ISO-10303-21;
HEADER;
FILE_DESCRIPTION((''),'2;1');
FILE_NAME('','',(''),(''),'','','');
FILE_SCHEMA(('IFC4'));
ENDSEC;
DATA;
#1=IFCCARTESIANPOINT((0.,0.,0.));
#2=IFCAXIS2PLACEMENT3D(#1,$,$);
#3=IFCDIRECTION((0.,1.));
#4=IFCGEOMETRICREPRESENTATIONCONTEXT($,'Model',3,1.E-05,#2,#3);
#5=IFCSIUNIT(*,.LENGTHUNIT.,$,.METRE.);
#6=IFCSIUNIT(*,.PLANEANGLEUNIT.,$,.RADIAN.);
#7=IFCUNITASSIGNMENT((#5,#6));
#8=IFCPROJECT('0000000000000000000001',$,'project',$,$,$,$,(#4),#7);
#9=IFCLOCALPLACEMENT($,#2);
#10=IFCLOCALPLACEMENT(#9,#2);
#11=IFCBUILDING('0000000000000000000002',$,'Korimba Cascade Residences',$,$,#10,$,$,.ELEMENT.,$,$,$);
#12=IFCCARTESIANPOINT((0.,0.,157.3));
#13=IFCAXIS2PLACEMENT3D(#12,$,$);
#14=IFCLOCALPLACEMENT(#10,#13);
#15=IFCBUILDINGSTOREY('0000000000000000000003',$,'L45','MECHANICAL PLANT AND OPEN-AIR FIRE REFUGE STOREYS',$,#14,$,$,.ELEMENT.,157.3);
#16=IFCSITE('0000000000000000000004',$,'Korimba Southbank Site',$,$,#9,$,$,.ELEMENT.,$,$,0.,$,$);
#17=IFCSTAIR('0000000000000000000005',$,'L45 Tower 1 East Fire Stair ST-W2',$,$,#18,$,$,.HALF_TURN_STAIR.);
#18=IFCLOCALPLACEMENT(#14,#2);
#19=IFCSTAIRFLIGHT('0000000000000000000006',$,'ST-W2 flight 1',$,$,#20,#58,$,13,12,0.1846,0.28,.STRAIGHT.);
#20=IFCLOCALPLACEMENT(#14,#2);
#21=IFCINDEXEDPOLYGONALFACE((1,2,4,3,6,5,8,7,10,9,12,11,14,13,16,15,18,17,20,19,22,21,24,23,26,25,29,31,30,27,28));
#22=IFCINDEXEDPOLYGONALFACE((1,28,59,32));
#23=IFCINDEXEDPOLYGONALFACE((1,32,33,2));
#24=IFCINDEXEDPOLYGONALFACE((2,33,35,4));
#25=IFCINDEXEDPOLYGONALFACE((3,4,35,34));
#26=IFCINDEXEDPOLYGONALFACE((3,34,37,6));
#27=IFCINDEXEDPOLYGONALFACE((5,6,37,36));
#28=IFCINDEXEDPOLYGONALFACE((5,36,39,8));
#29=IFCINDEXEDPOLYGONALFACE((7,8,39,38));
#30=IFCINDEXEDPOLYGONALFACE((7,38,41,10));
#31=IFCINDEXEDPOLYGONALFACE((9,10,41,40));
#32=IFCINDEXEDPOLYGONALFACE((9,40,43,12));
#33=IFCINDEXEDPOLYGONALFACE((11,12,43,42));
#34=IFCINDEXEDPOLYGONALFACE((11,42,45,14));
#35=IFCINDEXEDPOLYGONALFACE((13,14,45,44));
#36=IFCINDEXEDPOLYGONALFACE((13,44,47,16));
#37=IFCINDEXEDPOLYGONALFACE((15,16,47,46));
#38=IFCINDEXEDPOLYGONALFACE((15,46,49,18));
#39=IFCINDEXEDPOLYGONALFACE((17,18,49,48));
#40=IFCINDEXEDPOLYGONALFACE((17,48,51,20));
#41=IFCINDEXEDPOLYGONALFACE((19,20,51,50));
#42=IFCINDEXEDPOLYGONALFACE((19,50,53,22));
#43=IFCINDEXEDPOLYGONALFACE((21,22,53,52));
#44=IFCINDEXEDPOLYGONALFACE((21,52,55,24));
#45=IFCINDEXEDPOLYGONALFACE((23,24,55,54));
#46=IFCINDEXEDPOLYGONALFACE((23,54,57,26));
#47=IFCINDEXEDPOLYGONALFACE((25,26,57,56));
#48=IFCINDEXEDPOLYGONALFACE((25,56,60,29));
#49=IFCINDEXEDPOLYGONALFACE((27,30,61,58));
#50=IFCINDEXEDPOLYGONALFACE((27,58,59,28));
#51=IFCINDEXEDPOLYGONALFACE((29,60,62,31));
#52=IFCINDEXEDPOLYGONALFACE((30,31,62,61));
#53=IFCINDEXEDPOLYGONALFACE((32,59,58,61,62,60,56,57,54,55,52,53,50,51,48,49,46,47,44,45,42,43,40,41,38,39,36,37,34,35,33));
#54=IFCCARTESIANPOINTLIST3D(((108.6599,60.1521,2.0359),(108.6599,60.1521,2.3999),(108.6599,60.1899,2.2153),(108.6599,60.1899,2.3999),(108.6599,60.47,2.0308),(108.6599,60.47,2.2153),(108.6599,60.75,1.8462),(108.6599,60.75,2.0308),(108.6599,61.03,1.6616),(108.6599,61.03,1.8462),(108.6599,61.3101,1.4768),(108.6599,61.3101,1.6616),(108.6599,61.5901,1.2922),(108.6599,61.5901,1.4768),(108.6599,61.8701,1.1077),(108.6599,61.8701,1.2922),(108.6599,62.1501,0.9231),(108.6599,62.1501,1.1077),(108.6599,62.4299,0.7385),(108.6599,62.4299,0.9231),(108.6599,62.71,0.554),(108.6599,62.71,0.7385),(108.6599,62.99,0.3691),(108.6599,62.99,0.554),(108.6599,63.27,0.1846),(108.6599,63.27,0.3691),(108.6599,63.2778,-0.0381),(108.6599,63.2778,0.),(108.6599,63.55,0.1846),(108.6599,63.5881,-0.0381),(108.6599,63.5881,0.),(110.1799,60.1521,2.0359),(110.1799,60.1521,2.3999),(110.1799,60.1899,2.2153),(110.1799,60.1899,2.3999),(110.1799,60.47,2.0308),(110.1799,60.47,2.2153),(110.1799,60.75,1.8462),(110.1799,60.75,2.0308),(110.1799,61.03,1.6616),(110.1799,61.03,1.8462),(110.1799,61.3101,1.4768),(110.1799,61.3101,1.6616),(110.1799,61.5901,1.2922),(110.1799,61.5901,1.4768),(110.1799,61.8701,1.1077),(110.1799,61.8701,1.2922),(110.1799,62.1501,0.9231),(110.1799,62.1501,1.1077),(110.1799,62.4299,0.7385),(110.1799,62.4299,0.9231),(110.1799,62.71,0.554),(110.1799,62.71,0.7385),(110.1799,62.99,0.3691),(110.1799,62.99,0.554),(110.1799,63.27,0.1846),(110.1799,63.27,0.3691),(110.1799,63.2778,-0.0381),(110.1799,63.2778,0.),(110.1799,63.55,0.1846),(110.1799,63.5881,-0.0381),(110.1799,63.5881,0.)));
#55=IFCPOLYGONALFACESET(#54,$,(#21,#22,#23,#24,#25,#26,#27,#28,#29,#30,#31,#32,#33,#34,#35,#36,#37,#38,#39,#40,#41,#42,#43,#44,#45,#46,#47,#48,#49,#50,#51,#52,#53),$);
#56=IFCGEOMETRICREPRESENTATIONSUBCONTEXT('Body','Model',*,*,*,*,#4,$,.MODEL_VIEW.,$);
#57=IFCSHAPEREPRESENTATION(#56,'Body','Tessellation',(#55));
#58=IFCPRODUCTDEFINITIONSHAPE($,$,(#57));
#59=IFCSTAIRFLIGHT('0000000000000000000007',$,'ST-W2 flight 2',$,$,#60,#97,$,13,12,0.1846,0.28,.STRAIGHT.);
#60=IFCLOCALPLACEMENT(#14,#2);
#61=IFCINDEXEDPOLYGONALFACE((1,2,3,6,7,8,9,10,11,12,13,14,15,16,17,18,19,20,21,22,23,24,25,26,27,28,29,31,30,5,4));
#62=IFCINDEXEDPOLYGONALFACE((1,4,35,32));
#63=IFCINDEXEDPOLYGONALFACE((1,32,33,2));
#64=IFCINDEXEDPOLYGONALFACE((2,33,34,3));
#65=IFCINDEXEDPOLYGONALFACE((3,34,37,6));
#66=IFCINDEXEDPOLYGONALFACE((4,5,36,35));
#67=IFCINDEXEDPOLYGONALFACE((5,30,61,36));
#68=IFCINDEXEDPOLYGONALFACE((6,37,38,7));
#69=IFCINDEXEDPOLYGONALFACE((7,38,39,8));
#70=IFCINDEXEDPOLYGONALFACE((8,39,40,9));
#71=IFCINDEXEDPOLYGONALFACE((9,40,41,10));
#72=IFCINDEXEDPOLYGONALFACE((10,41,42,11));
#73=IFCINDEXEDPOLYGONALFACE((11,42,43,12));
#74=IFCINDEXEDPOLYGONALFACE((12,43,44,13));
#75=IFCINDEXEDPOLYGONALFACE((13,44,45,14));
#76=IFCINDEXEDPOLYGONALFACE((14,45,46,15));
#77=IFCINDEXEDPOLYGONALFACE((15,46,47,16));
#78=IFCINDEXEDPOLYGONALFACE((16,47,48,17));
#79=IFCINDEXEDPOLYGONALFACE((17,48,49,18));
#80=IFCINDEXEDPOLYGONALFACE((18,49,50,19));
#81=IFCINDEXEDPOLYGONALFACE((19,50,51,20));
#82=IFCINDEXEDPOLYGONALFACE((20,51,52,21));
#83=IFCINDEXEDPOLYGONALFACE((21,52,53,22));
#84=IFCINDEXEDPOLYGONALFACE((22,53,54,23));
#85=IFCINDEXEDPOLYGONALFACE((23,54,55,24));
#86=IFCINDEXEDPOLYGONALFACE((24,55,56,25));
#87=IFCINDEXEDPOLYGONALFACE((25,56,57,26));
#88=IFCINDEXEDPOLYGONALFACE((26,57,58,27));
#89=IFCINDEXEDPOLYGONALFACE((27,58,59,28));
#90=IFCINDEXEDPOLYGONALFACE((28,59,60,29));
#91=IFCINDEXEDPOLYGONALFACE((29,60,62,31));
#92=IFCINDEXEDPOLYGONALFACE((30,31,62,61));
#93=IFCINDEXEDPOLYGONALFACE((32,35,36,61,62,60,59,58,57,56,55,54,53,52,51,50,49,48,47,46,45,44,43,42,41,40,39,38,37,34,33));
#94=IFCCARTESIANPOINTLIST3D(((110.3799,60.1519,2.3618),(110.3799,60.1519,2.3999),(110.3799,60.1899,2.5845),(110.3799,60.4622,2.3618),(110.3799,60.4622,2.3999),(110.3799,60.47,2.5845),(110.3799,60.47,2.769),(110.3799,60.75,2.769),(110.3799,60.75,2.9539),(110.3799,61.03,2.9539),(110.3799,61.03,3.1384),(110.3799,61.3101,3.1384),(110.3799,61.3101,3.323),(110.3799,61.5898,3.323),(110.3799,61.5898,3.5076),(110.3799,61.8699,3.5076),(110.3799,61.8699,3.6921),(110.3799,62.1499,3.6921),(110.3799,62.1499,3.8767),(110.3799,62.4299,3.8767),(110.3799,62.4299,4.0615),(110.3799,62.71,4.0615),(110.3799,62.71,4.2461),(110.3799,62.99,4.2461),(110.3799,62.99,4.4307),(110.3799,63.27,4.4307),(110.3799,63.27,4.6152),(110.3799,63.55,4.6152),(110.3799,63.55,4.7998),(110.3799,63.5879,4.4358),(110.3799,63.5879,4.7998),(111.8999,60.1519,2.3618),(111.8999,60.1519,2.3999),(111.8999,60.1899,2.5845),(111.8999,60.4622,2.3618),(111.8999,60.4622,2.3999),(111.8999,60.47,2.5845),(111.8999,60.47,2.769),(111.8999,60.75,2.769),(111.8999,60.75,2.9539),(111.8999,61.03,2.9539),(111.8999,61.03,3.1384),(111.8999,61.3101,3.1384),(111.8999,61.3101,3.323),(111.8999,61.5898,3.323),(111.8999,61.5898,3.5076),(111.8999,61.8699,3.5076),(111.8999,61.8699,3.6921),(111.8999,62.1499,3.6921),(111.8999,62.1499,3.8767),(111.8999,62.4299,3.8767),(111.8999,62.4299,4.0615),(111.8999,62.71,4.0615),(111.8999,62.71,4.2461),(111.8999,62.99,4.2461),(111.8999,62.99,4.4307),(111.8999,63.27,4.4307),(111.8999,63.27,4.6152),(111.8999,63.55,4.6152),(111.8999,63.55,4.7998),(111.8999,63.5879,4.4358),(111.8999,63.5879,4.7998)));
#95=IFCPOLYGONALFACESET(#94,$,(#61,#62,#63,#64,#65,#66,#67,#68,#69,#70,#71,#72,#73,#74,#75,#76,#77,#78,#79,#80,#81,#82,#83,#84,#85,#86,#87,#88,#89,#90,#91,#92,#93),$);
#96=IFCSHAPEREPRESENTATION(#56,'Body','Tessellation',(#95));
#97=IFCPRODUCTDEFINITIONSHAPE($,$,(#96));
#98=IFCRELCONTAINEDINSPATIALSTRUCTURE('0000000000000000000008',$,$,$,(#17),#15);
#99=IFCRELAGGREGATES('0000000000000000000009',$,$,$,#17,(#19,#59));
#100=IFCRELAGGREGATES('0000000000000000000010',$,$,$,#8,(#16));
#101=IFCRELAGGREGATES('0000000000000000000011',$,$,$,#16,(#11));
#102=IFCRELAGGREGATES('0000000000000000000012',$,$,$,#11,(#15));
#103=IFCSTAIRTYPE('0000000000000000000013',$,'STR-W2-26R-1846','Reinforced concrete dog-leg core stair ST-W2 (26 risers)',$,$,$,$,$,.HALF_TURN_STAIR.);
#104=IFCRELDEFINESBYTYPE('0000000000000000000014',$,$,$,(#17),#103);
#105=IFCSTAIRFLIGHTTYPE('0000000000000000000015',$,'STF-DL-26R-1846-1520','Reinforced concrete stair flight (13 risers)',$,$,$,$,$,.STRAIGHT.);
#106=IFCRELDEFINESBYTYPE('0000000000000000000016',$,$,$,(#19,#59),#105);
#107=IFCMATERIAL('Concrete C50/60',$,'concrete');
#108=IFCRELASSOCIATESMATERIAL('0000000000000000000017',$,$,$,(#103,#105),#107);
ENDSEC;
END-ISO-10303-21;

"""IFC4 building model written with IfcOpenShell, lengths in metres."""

from ifc_helpers import new_model, si_unit, direction, frame, origin, place, context, subcontext, project, spatial, polyline, outline, extrude, material, type_object, element, aggregate, save


model = new_model("IFC4")

# Units and contexts
model_context = context("Model", 3, precision=1e-05, world=origin(), true_north=direction((0.0, 1.0)))
body_context = subcontext(model_context, "Body", "Model", "MODEL_VIEW")
ifc_project = project(units=[si_unit("LENGTHUNIT", "METRE"), si_unit("PLANEANGLEUNIT", "RADIAN")], contexts=[model_context])

# Site, building, storey
site_placement = place(None, origin())
site = spatial("IfcSite", under=ifc_project, at=site_placement, Name="Korimba Southbank Site", CompositionType="ELEMENT", RefElevation=0.0)
building_placement = place(site_placement, origin())
building = spatial("IfcBuilding", under=site, at=building_placement, Name="Korimba Cascade Residences", CompositionType="ELEMENT")
storey_placement = place(building_placement, frame((0.0, 0.0, 157.3)))
storey = spatial("IfcBuildingStorey", under=building, at=storey_placement, Name="L45", Description="MECHANICAL PLANT AND OPEN-AIR FIRE REFUGE STOREYS", CompositionType="ELEMENT", Elevation=157.3)

# Stair, stair flights
ifc_material_1 = material(Name="Concrete C50/60", Category="concrete")
stair_type = type_object("IfcStairType", Name="STR-W2-26R-1846", Description="Reinforced concrete dog-leg core stair ST-W2 (26 risers)", PredefinedType="HALF_TURN_STAIR", material=ifc_material_1)
stair_placement = place(storey_placement, origin())
stair = element("IfcStair", 1, at=stair_placement, inside=storey, type_object=stair_type, Name="L45 Tower 1 East Fire Stair ST-W2", PredefinedType="HALF_TURN_STAIR")
stair_flight_type = type_object("IfcStairFlightType", Name="STF-DL-26R-1846-1520", Description="Reinforced concrete stair flight (13 risers)", PredefinedType="STRAIGHT", material=ifc_material_1)
stair_flight_1_placement = place(storey_placement, frame((109.4199, 63.55, 0.0), z_axis=(0.0, 0.0, 1.0), x_axis=(0.0, -1.0, 0.0)))
stair_flight_1 = element("IfcStairFlight", 2, at=stair_flight_1_placement, type_object=stair_flight_type, Name="ST-W2 flight 1", NumberOfRisers=13, NumberOfTreads=12, PredefinedType="STRAIGHT", RiserHeight=0.1846, TreadLength=0.28, context=body_context, shape_type="SweptSolid", body=[
    extrude(outline(polyline([(-0.0381, 0.0), (0.0, 0.1846), (0.28, 0.1846), (0.28, 0.3691), (0.5601, 0.3691), (0.5601, 0.554), (0.8401, 0.554), (0.8401, 0.7385), (1.1201, 0.7385), (1.1201, 0.9231), (1.3999, 0.9231), (1.3999, 1.1077), (1.6799, 1.1077), (1.6799, 1.2922), (1.96, 1.2922), (1.96, 1.4768), (2.24, 1.4768), (2.24, 1.6616), (2.52, 1.6616), (2.52, 1.8462), (2.8, 1.8462), (2.8, 2.0308), (3.0801, 2.0308), (3.0801, 2.2153), (3.3601, 2.2153), (3.3601, 2.3999), (3.3979, 2.3999), (3.3979, 2.0359), (0.2722, 0.0), (0.2722, -0.0381), (-0.0381, -0.0381), (-0.0381, 0.0)])), frame((0.0, 0.76, 0.0), z_axis=(0.0, -1.0, 0.0), x_axis=(1.0, 0.0, 0.0)), (0.0, 0.0, 1.0), 1.52),
])
stair_flight_2_placement = place(storey_placement, frame((111.1399, 60.1899, 2.3999), z_axis=(0.0, 0.0, 1.0), x_axis=(0.0, 1.0, 0.0)))
stair_flight_2 = element("IfcStairFlight", 3, at=stair_flight_2_placement, type_object=stair_flight_type, Name="ST-W2 flight 2", NumberOfRisers=13, NumberOfTreads=12, PredefinedType="STRAIGHT", RiserHeight=0.1846, TreadLength=0.28, context=body_context, shape_type="SweptSolid", body=[
    extrude(outline(polyline([(-0.0381, 0.0), (0.0, 0.1846), (0.28, 0.1846), (0.28, 0.3691), (0.5601, 0.3691), (0.5601, 0.554), (0.8401, 0.554), (0.8401, 0.7385), (1.1201, 0.7385), (1.1201, 0.9231), (1.3999, 0.9231), (1.3999, 1.1077), (1.6799, 1.1077), (1.6799, 1.2922), (1.96, 1.2922), (1.96, 1.4768), (2.24, 1.4768), (2.24, 1.6616), (2.52, 1.6616), (2.52, 1.8462), (2.8, 1.8462), (2.8, 2.0308), (3.0801, 2.0308), (3.0801, 2.2153), (3.3601, 2.2153), (3.3601, 2.3999), (3.3979, 2.3999), (3.3979, 2.0359), (0.2722, 0.0), (0.2722, -0.0381), (-0.0381, -0.0381), (-0.0381, 0.0)])), frame((0.0, 0.76, 0.0), z_axis=(0.0, -1.0, 0.0), x_axis=(1.0, 0.0, 0.0)), (0.0, 0.0, 1.0), 1.52),
])
aggregate(stair, [stair_flight_1, stair_flight_2])

save(model, "model.ifc")
